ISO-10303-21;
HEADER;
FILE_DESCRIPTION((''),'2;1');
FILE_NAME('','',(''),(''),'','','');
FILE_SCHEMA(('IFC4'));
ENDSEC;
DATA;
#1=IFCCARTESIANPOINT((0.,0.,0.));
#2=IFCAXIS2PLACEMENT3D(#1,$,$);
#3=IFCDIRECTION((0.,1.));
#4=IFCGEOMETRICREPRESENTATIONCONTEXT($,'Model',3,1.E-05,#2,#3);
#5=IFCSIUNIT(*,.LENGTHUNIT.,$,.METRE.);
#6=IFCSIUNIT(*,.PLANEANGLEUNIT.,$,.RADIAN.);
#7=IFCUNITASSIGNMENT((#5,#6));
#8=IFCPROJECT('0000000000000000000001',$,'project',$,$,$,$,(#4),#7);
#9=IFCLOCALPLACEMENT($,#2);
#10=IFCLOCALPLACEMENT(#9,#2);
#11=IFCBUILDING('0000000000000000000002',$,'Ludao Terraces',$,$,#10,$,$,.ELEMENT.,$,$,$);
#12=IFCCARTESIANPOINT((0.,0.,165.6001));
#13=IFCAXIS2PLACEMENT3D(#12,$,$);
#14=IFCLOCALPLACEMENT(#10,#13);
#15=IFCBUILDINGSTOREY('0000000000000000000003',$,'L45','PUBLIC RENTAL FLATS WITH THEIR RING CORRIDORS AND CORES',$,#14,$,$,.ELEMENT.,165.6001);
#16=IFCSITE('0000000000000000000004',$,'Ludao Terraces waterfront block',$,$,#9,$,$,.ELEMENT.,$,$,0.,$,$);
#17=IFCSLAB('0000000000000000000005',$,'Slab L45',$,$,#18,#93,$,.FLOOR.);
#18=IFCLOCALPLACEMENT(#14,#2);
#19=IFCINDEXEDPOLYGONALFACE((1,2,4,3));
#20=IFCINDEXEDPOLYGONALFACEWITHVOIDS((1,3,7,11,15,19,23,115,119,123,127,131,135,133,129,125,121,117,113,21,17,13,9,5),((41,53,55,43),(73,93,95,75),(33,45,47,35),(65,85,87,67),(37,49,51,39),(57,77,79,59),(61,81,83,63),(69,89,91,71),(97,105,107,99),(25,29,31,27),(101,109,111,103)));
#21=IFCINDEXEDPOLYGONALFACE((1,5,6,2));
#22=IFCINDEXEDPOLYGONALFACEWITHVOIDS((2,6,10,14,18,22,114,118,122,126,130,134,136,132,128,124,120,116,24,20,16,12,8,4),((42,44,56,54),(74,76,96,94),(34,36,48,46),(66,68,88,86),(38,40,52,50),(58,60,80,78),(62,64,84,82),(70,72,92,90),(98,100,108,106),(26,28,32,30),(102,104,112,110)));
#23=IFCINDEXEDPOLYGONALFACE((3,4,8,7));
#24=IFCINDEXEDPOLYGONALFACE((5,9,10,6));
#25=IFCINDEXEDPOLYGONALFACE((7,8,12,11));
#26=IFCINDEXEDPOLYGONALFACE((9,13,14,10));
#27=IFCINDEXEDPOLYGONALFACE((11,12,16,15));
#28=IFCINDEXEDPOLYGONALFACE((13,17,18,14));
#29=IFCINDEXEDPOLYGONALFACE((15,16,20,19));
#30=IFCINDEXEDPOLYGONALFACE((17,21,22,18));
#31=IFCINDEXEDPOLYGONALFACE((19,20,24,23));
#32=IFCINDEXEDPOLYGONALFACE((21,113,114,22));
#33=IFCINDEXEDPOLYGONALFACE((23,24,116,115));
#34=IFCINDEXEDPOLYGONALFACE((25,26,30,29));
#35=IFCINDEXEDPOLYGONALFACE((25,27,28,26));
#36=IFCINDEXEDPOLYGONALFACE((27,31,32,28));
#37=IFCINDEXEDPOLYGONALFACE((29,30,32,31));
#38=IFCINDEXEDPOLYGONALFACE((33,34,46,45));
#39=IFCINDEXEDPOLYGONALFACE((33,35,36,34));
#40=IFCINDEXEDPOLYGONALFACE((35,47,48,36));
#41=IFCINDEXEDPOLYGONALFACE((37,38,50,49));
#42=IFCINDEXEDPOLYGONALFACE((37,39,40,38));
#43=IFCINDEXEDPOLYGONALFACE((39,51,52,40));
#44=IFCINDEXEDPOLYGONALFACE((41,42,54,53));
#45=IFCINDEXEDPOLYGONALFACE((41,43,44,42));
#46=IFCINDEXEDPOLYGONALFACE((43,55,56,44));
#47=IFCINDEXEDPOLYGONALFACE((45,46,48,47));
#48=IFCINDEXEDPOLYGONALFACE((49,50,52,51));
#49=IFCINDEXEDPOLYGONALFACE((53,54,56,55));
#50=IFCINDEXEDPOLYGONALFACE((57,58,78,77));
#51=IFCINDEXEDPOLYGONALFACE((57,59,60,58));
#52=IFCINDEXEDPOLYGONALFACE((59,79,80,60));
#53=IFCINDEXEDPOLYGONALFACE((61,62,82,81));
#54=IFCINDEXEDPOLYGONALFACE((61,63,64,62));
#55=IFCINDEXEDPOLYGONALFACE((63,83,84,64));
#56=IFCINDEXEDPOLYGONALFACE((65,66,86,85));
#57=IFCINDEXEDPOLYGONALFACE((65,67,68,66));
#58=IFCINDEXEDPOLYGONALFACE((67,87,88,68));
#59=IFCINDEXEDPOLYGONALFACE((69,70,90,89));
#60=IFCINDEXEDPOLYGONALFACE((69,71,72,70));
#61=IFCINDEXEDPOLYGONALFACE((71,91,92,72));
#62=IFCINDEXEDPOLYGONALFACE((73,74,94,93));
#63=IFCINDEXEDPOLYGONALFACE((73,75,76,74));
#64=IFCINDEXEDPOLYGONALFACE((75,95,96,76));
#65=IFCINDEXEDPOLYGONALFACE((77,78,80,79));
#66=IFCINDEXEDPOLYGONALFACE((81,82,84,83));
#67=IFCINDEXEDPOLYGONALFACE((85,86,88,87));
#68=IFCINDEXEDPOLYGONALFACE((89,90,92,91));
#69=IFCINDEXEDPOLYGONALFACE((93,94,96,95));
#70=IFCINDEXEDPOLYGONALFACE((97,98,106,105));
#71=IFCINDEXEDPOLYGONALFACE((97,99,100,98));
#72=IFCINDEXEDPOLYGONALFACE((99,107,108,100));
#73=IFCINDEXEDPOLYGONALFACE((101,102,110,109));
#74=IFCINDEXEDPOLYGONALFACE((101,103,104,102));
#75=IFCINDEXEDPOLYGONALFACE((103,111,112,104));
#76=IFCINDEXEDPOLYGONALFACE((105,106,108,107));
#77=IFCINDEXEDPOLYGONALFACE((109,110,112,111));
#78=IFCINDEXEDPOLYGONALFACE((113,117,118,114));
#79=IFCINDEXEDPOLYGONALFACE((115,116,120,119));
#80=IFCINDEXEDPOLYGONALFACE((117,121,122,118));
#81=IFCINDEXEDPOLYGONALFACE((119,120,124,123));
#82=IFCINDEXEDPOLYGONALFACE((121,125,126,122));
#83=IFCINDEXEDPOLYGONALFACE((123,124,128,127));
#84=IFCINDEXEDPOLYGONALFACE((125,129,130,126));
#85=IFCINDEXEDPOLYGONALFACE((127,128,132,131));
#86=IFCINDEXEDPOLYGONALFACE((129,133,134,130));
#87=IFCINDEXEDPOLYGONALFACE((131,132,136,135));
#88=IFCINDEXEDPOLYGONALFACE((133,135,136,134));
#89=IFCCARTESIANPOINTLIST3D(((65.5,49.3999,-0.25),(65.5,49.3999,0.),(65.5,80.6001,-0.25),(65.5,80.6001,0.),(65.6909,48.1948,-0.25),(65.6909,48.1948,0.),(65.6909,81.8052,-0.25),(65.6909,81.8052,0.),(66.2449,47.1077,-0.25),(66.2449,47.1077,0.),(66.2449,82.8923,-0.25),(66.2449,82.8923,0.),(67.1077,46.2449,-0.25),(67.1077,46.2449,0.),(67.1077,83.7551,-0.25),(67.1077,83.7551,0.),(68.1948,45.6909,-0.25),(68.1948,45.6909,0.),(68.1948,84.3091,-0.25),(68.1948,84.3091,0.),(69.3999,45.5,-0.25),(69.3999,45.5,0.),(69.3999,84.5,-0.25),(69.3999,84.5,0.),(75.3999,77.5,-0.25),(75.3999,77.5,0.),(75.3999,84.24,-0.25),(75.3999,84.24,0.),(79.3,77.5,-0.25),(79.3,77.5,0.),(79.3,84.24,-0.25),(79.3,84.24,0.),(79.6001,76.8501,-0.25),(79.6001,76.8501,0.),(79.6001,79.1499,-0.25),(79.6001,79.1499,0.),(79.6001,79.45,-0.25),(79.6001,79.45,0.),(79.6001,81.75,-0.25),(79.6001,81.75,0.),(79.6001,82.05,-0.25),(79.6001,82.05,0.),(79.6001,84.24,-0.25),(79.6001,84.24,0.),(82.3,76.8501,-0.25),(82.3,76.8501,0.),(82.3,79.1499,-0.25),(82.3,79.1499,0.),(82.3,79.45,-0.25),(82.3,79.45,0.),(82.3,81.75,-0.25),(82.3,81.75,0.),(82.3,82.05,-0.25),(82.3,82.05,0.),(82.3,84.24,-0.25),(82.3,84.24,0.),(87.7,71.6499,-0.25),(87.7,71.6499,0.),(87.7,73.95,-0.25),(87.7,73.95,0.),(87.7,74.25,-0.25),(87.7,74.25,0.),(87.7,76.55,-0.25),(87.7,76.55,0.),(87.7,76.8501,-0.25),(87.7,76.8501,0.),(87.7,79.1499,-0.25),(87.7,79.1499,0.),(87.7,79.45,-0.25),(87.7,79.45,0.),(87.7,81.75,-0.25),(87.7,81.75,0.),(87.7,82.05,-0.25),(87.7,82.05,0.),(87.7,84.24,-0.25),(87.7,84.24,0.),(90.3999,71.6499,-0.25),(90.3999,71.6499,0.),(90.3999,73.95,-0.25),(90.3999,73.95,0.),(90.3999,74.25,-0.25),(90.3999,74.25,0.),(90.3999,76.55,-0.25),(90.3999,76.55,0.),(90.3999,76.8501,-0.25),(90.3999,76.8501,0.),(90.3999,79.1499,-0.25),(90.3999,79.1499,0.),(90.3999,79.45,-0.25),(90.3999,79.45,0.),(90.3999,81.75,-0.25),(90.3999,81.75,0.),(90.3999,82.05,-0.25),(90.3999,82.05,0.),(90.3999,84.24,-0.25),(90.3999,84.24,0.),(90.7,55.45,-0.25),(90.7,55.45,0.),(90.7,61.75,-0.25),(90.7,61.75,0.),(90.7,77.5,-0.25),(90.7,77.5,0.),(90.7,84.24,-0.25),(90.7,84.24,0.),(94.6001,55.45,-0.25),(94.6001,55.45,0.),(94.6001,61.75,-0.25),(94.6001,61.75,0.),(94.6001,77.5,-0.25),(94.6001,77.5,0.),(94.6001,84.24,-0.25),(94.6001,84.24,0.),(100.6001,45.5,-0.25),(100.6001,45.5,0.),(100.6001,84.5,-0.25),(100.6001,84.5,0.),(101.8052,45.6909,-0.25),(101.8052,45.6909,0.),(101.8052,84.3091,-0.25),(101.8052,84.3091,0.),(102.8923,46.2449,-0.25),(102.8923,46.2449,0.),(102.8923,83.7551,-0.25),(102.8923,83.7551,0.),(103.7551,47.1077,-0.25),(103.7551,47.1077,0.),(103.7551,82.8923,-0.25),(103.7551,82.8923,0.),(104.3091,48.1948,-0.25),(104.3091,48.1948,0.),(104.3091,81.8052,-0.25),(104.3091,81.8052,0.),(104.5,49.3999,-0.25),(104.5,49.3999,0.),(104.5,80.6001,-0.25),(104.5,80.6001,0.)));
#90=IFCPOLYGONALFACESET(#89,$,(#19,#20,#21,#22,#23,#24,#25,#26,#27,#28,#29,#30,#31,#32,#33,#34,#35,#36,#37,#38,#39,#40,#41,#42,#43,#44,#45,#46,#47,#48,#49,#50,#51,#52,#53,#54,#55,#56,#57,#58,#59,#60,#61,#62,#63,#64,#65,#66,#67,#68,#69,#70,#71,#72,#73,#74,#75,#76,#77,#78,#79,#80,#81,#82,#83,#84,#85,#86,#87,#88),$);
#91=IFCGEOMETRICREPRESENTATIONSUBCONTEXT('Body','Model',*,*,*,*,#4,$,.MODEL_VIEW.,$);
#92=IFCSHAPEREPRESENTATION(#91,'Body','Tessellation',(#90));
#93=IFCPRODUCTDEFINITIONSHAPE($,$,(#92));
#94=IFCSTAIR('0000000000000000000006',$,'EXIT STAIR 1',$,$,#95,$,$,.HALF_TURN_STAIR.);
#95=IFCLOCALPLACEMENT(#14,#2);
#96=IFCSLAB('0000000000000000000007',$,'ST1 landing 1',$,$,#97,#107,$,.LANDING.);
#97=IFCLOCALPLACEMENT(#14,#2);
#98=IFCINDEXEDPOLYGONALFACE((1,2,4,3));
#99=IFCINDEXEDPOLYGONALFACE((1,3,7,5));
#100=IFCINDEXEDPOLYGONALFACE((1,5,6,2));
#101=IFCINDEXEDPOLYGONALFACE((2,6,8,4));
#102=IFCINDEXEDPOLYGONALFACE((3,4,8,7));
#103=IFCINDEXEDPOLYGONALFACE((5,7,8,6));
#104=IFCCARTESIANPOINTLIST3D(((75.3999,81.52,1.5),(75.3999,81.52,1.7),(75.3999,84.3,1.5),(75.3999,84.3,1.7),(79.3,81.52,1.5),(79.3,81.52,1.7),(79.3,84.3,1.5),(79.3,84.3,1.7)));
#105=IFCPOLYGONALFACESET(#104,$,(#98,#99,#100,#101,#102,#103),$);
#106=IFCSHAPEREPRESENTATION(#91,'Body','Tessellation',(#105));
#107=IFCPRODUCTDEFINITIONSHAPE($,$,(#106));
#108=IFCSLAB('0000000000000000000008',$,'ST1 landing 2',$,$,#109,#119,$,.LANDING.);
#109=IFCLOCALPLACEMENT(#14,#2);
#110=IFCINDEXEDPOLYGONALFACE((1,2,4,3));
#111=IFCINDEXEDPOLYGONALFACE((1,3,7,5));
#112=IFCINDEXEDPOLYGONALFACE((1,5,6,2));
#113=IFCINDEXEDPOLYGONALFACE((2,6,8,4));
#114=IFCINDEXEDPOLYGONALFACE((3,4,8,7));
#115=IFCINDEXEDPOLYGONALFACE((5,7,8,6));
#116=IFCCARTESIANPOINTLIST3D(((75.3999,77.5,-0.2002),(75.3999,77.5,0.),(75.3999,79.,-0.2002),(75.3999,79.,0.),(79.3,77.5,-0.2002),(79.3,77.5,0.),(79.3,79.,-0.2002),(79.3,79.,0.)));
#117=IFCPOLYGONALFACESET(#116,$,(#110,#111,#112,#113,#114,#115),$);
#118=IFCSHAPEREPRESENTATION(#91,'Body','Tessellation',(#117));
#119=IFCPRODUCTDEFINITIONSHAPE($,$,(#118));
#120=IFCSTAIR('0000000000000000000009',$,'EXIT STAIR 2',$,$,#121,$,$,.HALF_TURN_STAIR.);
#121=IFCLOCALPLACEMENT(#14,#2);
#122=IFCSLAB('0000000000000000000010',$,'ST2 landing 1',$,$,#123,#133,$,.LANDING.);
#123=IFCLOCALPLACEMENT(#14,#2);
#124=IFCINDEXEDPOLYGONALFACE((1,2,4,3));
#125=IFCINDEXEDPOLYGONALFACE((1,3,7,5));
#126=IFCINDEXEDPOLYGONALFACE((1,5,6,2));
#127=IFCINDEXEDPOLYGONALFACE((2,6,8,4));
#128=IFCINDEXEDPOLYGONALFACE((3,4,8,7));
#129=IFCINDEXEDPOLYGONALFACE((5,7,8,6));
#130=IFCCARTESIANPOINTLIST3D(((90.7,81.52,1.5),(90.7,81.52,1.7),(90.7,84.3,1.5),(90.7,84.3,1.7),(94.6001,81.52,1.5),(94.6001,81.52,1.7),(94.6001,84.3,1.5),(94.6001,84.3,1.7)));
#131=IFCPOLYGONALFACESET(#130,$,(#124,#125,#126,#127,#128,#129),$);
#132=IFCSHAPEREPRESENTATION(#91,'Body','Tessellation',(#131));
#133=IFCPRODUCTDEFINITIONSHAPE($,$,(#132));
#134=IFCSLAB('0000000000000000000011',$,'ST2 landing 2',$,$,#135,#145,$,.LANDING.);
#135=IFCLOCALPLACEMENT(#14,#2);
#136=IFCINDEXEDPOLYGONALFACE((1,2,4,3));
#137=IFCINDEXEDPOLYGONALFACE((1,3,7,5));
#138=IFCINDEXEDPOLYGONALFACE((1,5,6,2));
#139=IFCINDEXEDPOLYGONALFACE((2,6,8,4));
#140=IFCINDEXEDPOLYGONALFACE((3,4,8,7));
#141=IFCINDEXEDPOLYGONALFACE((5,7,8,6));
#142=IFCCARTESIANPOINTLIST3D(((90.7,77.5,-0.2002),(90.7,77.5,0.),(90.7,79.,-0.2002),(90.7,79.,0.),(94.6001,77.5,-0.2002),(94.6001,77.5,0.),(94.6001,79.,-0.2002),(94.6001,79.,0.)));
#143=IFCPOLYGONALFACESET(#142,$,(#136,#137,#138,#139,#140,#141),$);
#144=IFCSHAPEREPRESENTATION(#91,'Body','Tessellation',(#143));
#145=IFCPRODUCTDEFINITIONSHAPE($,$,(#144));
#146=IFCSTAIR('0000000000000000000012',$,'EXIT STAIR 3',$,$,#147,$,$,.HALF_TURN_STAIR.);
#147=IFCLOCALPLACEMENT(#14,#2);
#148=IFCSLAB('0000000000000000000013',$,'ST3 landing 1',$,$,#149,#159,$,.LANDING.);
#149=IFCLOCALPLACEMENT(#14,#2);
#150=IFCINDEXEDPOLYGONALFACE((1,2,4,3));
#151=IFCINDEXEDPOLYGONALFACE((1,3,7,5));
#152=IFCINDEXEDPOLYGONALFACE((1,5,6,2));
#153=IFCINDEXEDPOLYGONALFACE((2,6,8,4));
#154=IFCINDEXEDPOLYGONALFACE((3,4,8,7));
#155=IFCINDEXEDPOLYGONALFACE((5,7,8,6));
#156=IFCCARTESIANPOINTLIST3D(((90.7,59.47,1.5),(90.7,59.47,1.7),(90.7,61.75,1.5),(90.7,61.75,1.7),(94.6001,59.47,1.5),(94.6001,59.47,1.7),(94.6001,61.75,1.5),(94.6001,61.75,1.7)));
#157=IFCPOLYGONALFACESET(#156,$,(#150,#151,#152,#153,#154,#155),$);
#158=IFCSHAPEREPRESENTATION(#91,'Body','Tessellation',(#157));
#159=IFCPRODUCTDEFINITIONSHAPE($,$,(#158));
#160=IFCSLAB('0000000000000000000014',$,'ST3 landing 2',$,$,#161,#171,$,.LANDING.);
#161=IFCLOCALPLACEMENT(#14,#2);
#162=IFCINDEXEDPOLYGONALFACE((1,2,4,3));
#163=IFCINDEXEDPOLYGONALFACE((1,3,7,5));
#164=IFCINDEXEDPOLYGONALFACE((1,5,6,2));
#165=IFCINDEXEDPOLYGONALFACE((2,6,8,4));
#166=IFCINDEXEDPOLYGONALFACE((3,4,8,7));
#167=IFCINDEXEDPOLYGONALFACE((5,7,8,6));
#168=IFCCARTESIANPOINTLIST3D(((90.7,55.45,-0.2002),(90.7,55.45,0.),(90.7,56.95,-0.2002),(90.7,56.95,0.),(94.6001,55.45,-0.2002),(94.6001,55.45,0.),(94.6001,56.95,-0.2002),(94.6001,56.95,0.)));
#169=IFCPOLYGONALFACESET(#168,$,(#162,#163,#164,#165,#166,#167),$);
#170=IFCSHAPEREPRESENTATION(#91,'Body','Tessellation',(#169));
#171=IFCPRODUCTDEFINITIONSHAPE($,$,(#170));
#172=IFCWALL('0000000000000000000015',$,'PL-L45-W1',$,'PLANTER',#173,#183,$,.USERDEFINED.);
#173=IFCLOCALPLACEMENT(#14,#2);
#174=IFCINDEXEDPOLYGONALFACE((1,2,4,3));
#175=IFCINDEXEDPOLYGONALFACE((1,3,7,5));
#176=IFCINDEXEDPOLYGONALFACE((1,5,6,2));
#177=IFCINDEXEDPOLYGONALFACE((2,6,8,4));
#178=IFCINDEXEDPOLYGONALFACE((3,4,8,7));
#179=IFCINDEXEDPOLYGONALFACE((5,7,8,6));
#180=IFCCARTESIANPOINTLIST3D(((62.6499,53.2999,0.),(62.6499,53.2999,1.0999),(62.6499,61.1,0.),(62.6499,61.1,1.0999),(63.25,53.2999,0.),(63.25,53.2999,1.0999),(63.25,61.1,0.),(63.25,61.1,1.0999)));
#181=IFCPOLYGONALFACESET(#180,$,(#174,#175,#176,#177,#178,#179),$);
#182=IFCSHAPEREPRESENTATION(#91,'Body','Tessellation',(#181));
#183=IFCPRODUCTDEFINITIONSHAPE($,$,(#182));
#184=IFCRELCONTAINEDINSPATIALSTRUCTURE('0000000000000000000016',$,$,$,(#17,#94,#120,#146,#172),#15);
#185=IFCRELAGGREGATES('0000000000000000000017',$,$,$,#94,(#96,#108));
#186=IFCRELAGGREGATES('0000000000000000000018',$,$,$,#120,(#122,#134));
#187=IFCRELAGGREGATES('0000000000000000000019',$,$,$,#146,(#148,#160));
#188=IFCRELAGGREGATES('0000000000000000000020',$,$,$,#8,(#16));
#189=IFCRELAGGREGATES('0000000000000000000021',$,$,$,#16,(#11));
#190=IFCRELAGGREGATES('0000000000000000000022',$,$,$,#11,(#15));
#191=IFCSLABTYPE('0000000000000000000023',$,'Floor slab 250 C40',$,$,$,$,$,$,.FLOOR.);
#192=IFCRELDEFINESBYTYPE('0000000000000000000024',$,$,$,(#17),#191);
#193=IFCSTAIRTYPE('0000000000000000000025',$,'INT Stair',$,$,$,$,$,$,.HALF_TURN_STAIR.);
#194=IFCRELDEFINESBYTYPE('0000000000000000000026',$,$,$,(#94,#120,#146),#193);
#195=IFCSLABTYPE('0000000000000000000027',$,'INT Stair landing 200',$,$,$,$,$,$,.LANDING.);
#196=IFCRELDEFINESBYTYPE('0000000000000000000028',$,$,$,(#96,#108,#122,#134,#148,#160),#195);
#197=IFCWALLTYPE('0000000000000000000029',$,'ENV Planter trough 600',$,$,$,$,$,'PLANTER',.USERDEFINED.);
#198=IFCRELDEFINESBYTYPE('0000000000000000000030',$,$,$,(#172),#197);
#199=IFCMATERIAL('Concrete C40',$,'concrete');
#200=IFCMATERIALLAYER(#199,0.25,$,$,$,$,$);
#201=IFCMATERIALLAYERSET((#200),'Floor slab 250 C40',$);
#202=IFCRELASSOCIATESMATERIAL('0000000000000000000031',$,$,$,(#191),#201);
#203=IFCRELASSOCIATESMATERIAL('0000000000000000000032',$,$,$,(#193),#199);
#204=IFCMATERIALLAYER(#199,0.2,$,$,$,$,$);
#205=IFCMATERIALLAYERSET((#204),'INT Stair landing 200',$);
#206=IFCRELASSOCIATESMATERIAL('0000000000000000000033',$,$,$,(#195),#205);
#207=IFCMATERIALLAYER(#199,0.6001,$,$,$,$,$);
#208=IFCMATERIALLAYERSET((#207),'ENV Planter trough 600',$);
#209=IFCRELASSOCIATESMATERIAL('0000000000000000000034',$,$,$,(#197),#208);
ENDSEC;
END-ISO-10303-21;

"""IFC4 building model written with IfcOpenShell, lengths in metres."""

from ifc_helpers import new_model, si_unit, direction, frame, frame_2d, origin, place, context, subcontext, project, spatial, polyline, rectangle, outline, extrude, material, layer, layer_set, type_object, element, aggregate, save


model = new_model("IFC4")

# Units and contexts
model_context = context("Model", 3, precision=1e-05, world=origin(), true_north=direction((0.0, 1.0)))
body_context = subcontext(model_context, "Body", "Model", "MODEL_VIEW")
ifc_project = project(units=[si_unit("LENGTHUNIT", "METRE"), si_unit("PLANEANGLEUNIT", "RADIAN")], contexts=[model_context])

# Site, building, storey
site_placement = place(None, origin())
site = spatial("IfcSite", under=ifc_project, at=site_placement, Name="Ludao Terraces waterfront block", CompositionType="ELEMENT", RefElevation=0.0)
building_placement = place(site_placement, origin())
building = spatial("IfcBuilding", under=site, at=building_placement, Name="Ludao Terraces", CompositionType="ELEMENT")
storey_placement = place(building_placement, frame((0.0, 0.0, 165.6001)))
storey = spatial("IfcBuildingStorey", under=building, at=storey_placement, Name="L45", Description="PUBLIC RENTAL FLATS WITH THEIR RING CORRIDORS AND CORES", CompositionType="ELEMENT", Elevation=165.6001)

# Shared definitions
ifc_material_1 = material(Name="Concrete C40", Category="concrete")

# Slab
ifc_layer_1 = layer(ifc_material_1, 0.25)
ifc_layer_set_1 = layer_set([ifc_layer_1], Name="Floor slab 250 C40")
slab_type_1 = type_object("IfcSlabType", Name="Floor slab 250 C40", PredefinedType="FLOOR", material=ifc_layer_set_1)
slab_1_placement = place(storey_placement, frame((0.0, 0.0, -0.25)))
element("IfcSlab", 1, at=slab_1_placement, inside=storey, type_object=slab_type_1, Name="Slab L45", PredefinedType="FLOOR", context=body_context, shape_type="SweptSolid", body=[
    extrude(outline(polyline([(100.6001, 45.5), (101.8052, 45.6909), (102.8923, 46.2449), (103.7551, 47.1077), (104.3091, 48.1948), (104.5, 49.3999), (104.5, 80.6001), (104.3091, 81.8052), (103.7551, 82.8923), (102.8923, 83.7551), (101.8052, 84.3091), (100.6001, 84.5), (69.3999, 84.5), (68.1948, 84.3091), (67.1077, 83.7551), (66.2449, 82.8923), (65.6909, 81.8052), (65.5, 80.6001), (65.5, 49.3999), (65.6909, 48.1948), (66.2449, 47.1077), (67.1077, 46.2449), (68.1948, 45.6909), (69.3999, 45.5), (100.6001, 45.5)]), holes=[polyline([(79.6001, 76.8501), (82.3, 76.8501), (82.3, 79.1499), (79.6001, 79.1499), (79.6001, 76.8501)]), polyline([(79.6001, 79.45), (82.3, 79.45), (82.3, 81.75), (79.6001, 81.75), (79.6001, 79.45)]), polyline([(79.6001, 82.05), (82.3, 82.05), (82.3, 84.24), (79.6001, 84.24), (79.6001, 82.05)]), polyline([(87.7, 71.6499), (90.3999, 71.6499), (90.3999, 73.95), (87.7, 73.95), (87.7, 71.6499)]), polyline([(87.7, 74.25), (90.3999, 74.25), (90.3999, 76.55), (87.7, 76.55), (87.7, 74.25)]), polyline([(87.7, 76.8501), (90.3999, 76.8501), (90.3999, 79.1499), (87.7, 79.1499), (87.7, 76.8501)]), polyline([(87.7, 79.45), (90.3999, 79.45), (90.3999, 81.75), (87.7, 81.75), (87.7, 79.45)]), polyline([(87.7, 82.05), (90.3999, 82.05), (90.3999, 84.24), (87.7, 84.24), (87.7, 82.05)]), polyline([(75.3999, 77.5), (79.3, 77.5), (79.3, 84.24), (75.3999, 84.24), (75.3999, 77.5)]), polyline([(90.7, 77.5), (94.6001, 77.5), (94.6001, 84.24), (90.7, 84.24), (90.7, 77.5)]), polyline([(90.7, 55.45), (94.6001, 55.45), (94.6001, 61.75), (90.7, 61.75), (90.7, 55.45)])]), origin(), (0.0, 0.0, 1.0), 0.25),
])

# Stairs, slabs
stair_type = type_object("IfcStairType", Name="INT Stair", PredefinedType="HALF_TURN_STAIR", material=ifc_material_1)
stair_1_placement = place(storey_placement, origin())
stair_1 = element("IfcStair", 2, at=stair_1_placement, inside=storey, type_object=stair_type, Name="EXIT STAIR 1", PredefinedType="HALF_TURN_STAIR")
ifc_layer_2 = layer(ifc_material_1, 0.2)
ifc_layer_set_2 = layer_set([ifc_layer_2], Name="INT Stair landing 200")
slab_type_2 = type_object("IfcSlabType", Name="INT Stair landing 200", PredefinedType="LANDING", material=ifc_layer_set_2)
slab_2_placement = place(storey_placement, frame((0.0, 0.0, 1.5)))
slab_2 = element("IfcSlab", 3, at=slab_2_placement, type_object=slab_type_2, Name="ST1 landing 1", PredefinedType="LANDING", context=body_context, shape_type="SweptSolid", body=[
    extrude(outline(polyline([(75.3999, 81.52), (79.3, 81.52), (79.3, 84.3), (75.3999, 84.3), (75.3999, 81.52)])), origin(), (0.0, 0.0, 1.0), 0.2),
])
slab_3_placement = place(storey_placement, frame((0.0, 0.0, -0.2002)))
slab_3 = element("IfcSlab", 4, at=slab_3_placement, type_object=slab_type_2, Name="ST1 landing 2", PredefinedType="LANDING", context=body_context, shape_type="SweptSolid", body=[
    extrude(outline(polyline([(75.3999, 77.5), (79.3, 77.5), (79.3, 79.0), (75.3999, 79.0), (75.3999, 77.5)])), origin(), (0.0, 0.0, 1.0), 0.2002),
])
aggregate(stair_1, [slab_2, slab_3])
stair_2_placement = place(storey_placement, origin())
stair_2 = element("IfcStair", 5, at=stair_2_placement, inside=storey, type_object=stair_type, Name="EXIT STAIR 2", PredefinedType="HALF_TURN_STAIR")
slab_4_placement = place(storey_placement, frame((0.0, 0.0, 1.5)))
slab_4 = element("IfcSlab", 6, at=slab_4_placement, type_object=slab_type_2, Name="ST2 landing 1", PredefinedType="LANDING", context=body_context, shape_type="SweptSolid", body=[
    extrude(outline(polyline([(90.7, 81.52), (94.6001, 81.52), (94.6001, 84.3), (90.7, 84.3), (90.7, 81.52)])), origin(), (0.0, 0.0, 1.0), 0.2),
])
slab_5_placement = place(storey_placement, frame((0.0, 0.0, -0.2002)))
slab_5 = element("IfcSlab", 7, at=slab_5_placement, type_object=slab_type_2, Name="ST2 landing 2", PredefinedType="LANDING", context=body_context, shape_type="SweptSolid", body=[
    extrude(outline(polyline([(90.7, 77.5), (94.6001, 77.5), (94.6001, 79.0), (90.7, 79.0), (90.7, 77.5)])), origin(), (0.0, 0.0, 1.0), 0.2002),
])
aggregate(stair_2, [slab_4, slab_5])
stair_3_placement = place(storey_placement, origin())
stair_3 = element("IfcStair", 8, at=stair_3_placement, inside=storey, type_object=stair_type, Name="EXIT STAIR 3", PredefinedType="HALF_TURN_STAIR")
slab_6_placement = place(storey_placement, frame((0.0, 0.0, 1.5)))
slab_6 = element("IfcSlab", 9, at=slab_6_placement, type_object=slab_type_2, Name="ST3 landing 1", PredefinedType="LANDING", context=body_context, shape_type="SweptSolid", body=[
    extrude(outline(polyline([(90.7, 59.47), (94.6001, 59.47), (94.6001, 61.75), (90.7, 61.75), (90.7, 59.47)])), origin(), (0.0, 0.0, 1.0), 0.2),
])
slab_7_placement = place(storey_placement, frame((0.0, 0.0, -0.2002)))
slab_7 = element("IfcSlab", 10, at=slab_7_placement, type_object=slab_type_2, Name="ST3 landing 2", PredefinedType="LANDING", context=body_context, shape_type="SweptSolid", body=[
    extrude(outline(polyline([(90.7, 55.45), (94.6001, 55.45), (94.6001, 56.95), (90.7, 56.95), (90.7, 55.45)])), origin(), (0.0, 0.0, 1.0), 0.2002),
])
aggregate(stair_3, [slab_6, slab_7])

# Wall
ifc_layer_3 = layer(ifc_material_1, 0.6001)
ifc_layer_set_3 = layer_set([ifc_layer_3], Name="ENV Planter trough 600")
wall_type = type_object("IfcWallType", Name="ENV Planter trough 600", ElementType="PLANTER", PredefinedType="USERDEFINED", material=ifc_layer_set_3)
wall_1_placement = place(storey_placement, frame((62.95, 53.3, 0.0), z_axis=(0.0, 0.0, 1.0), x_axis=(0.0, 1.0, 0.0)))
element("IfcWall", 11, at=wall_1_placement, inside=storey, type_object=wall_type, Name="PL-L45-W1", ObjectType="PLANTER", PredefinedType="USERDEFINED", context=body_context, shape_type="SweptSolid", body=[
    extrude(rectangle(XDim=7.8, YDim=0.6001, at=frame_2d((3.8999, 0.0))), origin(), (0.0, 0.0, 1.0), 1.0999),
])

save(model, "model.ifc")
